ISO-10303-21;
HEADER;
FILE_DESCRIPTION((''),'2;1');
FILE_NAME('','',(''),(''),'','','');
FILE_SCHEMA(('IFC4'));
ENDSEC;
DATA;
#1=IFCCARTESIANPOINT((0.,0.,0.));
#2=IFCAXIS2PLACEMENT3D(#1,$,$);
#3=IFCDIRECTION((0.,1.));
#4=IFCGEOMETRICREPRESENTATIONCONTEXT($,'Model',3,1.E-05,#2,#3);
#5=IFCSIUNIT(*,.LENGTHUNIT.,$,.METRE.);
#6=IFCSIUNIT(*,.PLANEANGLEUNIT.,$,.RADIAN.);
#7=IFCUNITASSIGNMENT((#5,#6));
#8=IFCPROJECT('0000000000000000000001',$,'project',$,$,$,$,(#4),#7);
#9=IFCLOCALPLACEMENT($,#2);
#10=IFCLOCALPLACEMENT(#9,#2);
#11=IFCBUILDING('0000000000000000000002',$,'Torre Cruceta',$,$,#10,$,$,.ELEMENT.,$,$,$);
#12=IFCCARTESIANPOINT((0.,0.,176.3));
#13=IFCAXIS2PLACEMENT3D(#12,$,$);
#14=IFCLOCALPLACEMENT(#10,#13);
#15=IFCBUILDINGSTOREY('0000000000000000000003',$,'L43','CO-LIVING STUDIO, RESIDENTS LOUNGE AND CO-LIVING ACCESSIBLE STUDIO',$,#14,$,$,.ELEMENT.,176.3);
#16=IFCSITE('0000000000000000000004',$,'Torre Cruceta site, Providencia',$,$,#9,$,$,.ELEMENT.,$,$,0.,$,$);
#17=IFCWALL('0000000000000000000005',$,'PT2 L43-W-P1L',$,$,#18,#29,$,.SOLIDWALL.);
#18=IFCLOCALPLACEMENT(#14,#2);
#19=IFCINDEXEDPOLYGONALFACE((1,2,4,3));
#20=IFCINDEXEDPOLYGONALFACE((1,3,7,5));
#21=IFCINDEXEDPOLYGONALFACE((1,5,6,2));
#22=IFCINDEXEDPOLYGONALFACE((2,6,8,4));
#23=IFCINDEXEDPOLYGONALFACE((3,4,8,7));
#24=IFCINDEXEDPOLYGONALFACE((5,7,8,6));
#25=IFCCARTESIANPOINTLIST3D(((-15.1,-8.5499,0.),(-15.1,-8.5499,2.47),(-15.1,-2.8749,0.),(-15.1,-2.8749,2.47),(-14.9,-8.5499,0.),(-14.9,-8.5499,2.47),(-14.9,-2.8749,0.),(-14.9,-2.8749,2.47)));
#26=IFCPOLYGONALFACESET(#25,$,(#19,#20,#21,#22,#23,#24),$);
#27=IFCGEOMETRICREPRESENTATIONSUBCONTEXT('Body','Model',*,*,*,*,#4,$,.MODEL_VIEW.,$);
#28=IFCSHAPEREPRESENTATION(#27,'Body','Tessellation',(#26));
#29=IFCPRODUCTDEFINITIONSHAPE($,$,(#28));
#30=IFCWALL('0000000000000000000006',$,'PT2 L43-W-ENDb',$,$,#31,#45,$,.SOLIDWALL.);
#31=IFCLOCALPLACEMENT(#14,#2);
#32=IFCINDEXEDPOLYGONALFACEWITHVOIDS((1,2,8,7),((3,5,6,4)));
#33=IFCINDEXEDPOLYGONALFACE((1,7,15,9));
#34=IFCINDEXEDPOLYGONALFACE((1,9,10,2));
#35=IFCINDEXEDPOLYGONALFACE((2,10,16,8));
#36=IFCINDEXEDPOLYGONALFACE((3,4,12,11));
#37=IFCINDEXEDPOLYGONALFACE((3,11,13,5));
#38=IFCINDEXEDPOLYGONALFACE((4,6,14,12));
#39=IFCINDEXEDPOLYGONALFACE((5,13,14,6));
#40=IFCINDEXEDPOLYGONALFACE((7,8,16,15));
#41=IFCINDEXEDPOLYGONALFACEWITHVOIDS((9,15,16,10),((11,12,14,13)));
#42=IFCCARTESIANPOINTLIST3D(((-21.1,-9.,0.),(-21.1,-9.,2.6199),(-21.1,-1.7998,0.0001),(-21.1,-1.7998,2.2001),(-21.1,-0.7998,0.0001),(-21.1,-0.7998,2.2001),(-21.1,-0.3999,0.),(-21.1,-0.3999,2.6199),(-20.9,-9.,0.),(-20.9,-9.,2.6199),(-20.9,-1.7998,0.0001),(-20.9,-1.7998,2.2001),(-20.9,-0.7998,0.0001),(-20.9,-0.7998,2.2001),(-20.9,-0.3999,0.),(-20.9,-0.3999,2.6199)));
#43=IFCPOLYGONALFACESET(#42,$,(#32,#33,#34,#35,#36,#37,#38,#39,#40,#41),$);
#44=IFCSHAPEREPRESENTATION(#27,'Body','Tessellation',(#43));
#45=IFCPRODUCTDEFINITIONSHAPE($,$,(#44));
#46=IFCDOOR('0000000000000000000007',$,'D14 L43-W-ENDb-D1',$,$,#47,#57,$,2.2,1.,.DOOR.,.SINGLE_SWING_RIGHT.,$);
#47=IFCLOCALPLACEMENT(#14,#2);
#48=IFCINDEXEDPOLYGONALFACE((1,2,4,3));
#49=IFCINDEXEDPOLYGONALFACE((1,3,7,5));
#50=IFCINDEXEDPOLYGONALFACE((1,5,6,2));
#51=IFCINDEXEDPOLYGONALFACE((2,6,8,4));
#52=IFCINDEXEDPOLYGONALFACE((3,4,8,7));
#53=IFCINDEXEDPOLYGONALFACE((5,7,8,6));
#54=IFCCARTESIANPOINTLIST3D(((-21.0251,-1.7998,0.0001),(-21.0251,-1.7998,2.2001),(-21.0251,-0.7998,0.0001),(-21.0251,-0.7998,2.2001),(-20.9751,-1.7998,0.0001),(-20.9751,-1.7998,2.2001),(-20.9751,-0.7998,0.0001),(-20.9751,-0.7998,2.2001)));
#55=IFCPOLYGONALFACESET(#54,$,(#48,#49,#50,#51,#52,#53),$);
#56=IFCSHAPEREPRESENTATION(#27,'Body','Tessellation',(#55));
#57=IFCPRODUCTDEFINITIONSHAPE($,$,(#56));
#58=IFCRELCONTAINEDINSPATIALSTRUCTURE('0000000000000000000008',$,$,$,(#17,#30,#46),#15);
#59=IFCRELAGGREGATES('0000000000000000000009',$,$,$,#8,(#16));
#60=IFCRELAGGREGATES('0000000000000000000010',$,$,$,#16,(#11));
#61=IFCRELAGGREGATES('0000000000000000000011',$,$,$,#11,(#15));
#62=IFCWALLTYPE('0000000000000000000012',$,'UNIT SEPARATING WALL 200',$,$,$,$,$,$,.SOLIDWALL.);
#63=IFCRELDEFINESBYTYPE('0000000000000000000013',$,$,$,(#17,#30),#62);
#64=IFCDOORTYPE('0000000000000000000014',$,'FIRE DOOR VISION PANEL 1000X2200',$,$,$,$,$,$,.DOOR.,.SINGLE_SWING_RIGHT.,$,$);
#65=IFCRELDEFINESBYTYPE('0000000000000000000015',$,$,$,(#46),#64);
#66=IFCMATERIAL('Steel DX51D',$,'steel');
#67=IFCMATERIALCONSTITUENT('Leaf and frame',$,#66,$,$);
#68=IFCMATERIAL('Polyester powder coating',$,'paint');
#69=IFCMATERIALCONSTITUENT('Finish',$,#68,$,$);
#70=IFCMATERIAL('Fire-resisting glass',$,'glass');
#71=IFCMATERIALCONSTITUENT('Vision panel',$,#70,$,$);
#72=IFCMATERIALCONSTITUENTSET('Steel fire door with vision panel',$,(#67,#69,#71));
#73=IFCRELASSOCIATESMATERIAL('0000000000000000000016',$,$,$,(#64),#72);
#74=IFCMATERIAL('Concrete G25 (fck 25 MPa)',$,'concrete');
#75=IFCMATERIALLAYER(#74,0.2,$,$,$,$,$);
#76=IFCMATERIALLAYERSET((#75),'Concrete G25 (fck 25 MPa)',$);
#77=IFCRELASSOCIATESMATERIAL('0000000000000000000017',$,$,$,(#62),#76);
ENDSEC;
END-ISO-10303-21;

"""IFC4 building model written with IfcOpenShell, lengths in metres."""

from ifc_helpers import new_model, si_unit, direction, frame, frame_2d, origin, place, context, subcontext, project, spatial, rectangle, extrude, material, layer, layer_set, constituent, constituent_set, type_object, element, fill, save


model = new_model("IFC4")

# Units and contexts
model_context = context("Model", 3, precision=1e-05, world=origin(), true_north=direction((0.0, 1.0)))
body_context = subcontext(model_context, "Body", "Model", "MODEL_VIEW")
ifc_project = project(units=[si_unit("LENGTHUNIT", "METRE"), si_unit("PLANEANGLEUNIT", "RADIAN")], contexts=[model_context])

# Site, building, storey
site_placement = place(None, origin())
site = spatial("IfcSite", under=ifc_project, at=site_placement, Name="Torre Cruceta site, Providencia", CompositionType="ELEMENT", RefElevation=0.0)
building_placement = place(site_placement, origin())
building = spatial("IfcBuilding", under=site, at=building_placement, Name="Torre Cruceta", CompositionType="ELEMENT")
storey_placement = place(building_placement, frame((0.0, 0.0, 176.3)))
storey = spatial("IfcBuildingStorey", under=building, at=storey_placement, Name="L43", Description="CO-LIVING STUDIO, RESIDENTS LOUNGE AND CO-LIVING ACCESSIBLE STUDIO", CompositionType="ELEMENT", Elevation=176.3)

# Shared definitions
ifc_material_1 = material(Name="Steel DX51D", Category="steel")
ifc_constituent_1 = constituent(ifc_material_1, Name="Leaf and frame")
ifc_material_2 = material(Name="Polyester powder coating", Category="paint")
ifc_constituent_2 = constituent(ifc_material_2, Name="Finish")
ifc_material_3 = material(Name="Fire-resisting glass", Category="glass")
ifc_constituent_3 = constituent(ifc_material_3, Name="Vision panel")
ifc_constituent_set_1 = constituent_set(constituents=[ifc_constituent_1, ifc_constituent_2, ifc_constituent_3], Name="Steel fire door with vision panel")
door_type_1 = type_object("IfcDoorType", Name="FIRE DOOR VISION PANEL 1000X2200", OperationType="SINGLE_SWING_RIGHT", PredefinedType="DOOR", material=ifc_constituent_set_1)

# Wall
ifc_material_4 = material(Name="Concrete G25 (fck 25 MPa)", Category="concrete")
ifc_layer_1 = layer(ifc_material_4, 0.2)
ifc_layer_set_1 = layer_set([ifc_layer_1], Name="Concrete G25 (fck 25 MPa)")
wall_type_1 = type_object("IfcWallType", Name="UNIT SEPARATING WALL 200", PredefinedType="SOLIDWALL", material=ifc_layer_set_1)
wall_1_placement = place(storey_placement, frame((-15.0, -2.875, 0.0), z_axis=(0.0, 0.0, 1.0), x_axis=(0.0, -1.0, 0.0)))
element("IfcWall", 1, at=wall_1_placement, inside=storey, type_object=wall_type_1, Name="PT2 L43-W-P1L", PredefinedType="SOLIDWALL", context=body_context, shape_type="SweptSolid", body=[
    extrude(rectangle(XDim=5.675, YDim=0.2, at=frame_2d((2.8374, 0.0))), origin(), (0.0, 0.0, 1.0), 2.47),
])

# Wall, opening, door
wall_2_placement = place(storey_placement, frame((-21.0, -0.3999, 0.0), z_axis=(0.0, 0.0, 1.0), x_axis=(0.0, -1.0, 0.0)))
wall_2 = element("IfcWall", 2, at=wall_2_placement, inside=storey, type_object=wall_type_1, Name="PT2 L43-W-ENDb", PredefinedType="SOLIDWALL", context=body_context, shape_type="SweptSolid", body=[
    extrude(rectangle(XDim=8.6001, YDim=0.2, at=frame_2d((4.3, 0.0))), origin(), (0.0, 0.0, 1.0), 2.6199),
])
opening_1_placement = place(wall_2_placement, frame((0.3999, 0.0, 0.0)))
opening_1 = element("IfcOpeningElement", 3, at=opening_1_placement, cuts=wall_2, PredefinedType="OPENING", context=body_context, shape_type="SweptSolid", body=[
    extrude(rectangle(XDim=1.0, YDim=2.2, at=frame_2d((0.5, 1.1001))), frame((0.0, 0.1099, 0.0), z_axis=(0.0, -1.0, 0.0), x_axis=(1.0, 0.0, 0.0)), (0.0, 0.0, 1.0), 0.22),
])
door_1_placement = place(opening_1_placement, frame((1.0, 0.0, 0.0), z_axis=(0.0, 0.0, 1.0), x_axis=(-1.0, 0.0, 0.0)))
door_1 = element("IfcDoor", 4, at=door_1_placement, inside=storey, type_object=door_type_1, Name="D14 L43-W-ENDb-D1", OperationType="SINGLE_SWING_RIGHT", OverallHeight=2.2, OverallWidth=1.0, PredefinedType="DOOR", context=body_context, shape_type="SweptSolid", body=[
    extrude(rectangle(XDim=1.0, YDim=2.2, at=frame_2d((0.5, 1.1001))), frame((0.0, 0.0251, 0.0), z_axis=(0.0, -1.0, 0.0), x_axis=(1.0, 0.0, 0.0)), (0.0, 0.0, 1.0), 0.05),
])
fill(opening_1, door_1)

save(model, "model.ifc")
